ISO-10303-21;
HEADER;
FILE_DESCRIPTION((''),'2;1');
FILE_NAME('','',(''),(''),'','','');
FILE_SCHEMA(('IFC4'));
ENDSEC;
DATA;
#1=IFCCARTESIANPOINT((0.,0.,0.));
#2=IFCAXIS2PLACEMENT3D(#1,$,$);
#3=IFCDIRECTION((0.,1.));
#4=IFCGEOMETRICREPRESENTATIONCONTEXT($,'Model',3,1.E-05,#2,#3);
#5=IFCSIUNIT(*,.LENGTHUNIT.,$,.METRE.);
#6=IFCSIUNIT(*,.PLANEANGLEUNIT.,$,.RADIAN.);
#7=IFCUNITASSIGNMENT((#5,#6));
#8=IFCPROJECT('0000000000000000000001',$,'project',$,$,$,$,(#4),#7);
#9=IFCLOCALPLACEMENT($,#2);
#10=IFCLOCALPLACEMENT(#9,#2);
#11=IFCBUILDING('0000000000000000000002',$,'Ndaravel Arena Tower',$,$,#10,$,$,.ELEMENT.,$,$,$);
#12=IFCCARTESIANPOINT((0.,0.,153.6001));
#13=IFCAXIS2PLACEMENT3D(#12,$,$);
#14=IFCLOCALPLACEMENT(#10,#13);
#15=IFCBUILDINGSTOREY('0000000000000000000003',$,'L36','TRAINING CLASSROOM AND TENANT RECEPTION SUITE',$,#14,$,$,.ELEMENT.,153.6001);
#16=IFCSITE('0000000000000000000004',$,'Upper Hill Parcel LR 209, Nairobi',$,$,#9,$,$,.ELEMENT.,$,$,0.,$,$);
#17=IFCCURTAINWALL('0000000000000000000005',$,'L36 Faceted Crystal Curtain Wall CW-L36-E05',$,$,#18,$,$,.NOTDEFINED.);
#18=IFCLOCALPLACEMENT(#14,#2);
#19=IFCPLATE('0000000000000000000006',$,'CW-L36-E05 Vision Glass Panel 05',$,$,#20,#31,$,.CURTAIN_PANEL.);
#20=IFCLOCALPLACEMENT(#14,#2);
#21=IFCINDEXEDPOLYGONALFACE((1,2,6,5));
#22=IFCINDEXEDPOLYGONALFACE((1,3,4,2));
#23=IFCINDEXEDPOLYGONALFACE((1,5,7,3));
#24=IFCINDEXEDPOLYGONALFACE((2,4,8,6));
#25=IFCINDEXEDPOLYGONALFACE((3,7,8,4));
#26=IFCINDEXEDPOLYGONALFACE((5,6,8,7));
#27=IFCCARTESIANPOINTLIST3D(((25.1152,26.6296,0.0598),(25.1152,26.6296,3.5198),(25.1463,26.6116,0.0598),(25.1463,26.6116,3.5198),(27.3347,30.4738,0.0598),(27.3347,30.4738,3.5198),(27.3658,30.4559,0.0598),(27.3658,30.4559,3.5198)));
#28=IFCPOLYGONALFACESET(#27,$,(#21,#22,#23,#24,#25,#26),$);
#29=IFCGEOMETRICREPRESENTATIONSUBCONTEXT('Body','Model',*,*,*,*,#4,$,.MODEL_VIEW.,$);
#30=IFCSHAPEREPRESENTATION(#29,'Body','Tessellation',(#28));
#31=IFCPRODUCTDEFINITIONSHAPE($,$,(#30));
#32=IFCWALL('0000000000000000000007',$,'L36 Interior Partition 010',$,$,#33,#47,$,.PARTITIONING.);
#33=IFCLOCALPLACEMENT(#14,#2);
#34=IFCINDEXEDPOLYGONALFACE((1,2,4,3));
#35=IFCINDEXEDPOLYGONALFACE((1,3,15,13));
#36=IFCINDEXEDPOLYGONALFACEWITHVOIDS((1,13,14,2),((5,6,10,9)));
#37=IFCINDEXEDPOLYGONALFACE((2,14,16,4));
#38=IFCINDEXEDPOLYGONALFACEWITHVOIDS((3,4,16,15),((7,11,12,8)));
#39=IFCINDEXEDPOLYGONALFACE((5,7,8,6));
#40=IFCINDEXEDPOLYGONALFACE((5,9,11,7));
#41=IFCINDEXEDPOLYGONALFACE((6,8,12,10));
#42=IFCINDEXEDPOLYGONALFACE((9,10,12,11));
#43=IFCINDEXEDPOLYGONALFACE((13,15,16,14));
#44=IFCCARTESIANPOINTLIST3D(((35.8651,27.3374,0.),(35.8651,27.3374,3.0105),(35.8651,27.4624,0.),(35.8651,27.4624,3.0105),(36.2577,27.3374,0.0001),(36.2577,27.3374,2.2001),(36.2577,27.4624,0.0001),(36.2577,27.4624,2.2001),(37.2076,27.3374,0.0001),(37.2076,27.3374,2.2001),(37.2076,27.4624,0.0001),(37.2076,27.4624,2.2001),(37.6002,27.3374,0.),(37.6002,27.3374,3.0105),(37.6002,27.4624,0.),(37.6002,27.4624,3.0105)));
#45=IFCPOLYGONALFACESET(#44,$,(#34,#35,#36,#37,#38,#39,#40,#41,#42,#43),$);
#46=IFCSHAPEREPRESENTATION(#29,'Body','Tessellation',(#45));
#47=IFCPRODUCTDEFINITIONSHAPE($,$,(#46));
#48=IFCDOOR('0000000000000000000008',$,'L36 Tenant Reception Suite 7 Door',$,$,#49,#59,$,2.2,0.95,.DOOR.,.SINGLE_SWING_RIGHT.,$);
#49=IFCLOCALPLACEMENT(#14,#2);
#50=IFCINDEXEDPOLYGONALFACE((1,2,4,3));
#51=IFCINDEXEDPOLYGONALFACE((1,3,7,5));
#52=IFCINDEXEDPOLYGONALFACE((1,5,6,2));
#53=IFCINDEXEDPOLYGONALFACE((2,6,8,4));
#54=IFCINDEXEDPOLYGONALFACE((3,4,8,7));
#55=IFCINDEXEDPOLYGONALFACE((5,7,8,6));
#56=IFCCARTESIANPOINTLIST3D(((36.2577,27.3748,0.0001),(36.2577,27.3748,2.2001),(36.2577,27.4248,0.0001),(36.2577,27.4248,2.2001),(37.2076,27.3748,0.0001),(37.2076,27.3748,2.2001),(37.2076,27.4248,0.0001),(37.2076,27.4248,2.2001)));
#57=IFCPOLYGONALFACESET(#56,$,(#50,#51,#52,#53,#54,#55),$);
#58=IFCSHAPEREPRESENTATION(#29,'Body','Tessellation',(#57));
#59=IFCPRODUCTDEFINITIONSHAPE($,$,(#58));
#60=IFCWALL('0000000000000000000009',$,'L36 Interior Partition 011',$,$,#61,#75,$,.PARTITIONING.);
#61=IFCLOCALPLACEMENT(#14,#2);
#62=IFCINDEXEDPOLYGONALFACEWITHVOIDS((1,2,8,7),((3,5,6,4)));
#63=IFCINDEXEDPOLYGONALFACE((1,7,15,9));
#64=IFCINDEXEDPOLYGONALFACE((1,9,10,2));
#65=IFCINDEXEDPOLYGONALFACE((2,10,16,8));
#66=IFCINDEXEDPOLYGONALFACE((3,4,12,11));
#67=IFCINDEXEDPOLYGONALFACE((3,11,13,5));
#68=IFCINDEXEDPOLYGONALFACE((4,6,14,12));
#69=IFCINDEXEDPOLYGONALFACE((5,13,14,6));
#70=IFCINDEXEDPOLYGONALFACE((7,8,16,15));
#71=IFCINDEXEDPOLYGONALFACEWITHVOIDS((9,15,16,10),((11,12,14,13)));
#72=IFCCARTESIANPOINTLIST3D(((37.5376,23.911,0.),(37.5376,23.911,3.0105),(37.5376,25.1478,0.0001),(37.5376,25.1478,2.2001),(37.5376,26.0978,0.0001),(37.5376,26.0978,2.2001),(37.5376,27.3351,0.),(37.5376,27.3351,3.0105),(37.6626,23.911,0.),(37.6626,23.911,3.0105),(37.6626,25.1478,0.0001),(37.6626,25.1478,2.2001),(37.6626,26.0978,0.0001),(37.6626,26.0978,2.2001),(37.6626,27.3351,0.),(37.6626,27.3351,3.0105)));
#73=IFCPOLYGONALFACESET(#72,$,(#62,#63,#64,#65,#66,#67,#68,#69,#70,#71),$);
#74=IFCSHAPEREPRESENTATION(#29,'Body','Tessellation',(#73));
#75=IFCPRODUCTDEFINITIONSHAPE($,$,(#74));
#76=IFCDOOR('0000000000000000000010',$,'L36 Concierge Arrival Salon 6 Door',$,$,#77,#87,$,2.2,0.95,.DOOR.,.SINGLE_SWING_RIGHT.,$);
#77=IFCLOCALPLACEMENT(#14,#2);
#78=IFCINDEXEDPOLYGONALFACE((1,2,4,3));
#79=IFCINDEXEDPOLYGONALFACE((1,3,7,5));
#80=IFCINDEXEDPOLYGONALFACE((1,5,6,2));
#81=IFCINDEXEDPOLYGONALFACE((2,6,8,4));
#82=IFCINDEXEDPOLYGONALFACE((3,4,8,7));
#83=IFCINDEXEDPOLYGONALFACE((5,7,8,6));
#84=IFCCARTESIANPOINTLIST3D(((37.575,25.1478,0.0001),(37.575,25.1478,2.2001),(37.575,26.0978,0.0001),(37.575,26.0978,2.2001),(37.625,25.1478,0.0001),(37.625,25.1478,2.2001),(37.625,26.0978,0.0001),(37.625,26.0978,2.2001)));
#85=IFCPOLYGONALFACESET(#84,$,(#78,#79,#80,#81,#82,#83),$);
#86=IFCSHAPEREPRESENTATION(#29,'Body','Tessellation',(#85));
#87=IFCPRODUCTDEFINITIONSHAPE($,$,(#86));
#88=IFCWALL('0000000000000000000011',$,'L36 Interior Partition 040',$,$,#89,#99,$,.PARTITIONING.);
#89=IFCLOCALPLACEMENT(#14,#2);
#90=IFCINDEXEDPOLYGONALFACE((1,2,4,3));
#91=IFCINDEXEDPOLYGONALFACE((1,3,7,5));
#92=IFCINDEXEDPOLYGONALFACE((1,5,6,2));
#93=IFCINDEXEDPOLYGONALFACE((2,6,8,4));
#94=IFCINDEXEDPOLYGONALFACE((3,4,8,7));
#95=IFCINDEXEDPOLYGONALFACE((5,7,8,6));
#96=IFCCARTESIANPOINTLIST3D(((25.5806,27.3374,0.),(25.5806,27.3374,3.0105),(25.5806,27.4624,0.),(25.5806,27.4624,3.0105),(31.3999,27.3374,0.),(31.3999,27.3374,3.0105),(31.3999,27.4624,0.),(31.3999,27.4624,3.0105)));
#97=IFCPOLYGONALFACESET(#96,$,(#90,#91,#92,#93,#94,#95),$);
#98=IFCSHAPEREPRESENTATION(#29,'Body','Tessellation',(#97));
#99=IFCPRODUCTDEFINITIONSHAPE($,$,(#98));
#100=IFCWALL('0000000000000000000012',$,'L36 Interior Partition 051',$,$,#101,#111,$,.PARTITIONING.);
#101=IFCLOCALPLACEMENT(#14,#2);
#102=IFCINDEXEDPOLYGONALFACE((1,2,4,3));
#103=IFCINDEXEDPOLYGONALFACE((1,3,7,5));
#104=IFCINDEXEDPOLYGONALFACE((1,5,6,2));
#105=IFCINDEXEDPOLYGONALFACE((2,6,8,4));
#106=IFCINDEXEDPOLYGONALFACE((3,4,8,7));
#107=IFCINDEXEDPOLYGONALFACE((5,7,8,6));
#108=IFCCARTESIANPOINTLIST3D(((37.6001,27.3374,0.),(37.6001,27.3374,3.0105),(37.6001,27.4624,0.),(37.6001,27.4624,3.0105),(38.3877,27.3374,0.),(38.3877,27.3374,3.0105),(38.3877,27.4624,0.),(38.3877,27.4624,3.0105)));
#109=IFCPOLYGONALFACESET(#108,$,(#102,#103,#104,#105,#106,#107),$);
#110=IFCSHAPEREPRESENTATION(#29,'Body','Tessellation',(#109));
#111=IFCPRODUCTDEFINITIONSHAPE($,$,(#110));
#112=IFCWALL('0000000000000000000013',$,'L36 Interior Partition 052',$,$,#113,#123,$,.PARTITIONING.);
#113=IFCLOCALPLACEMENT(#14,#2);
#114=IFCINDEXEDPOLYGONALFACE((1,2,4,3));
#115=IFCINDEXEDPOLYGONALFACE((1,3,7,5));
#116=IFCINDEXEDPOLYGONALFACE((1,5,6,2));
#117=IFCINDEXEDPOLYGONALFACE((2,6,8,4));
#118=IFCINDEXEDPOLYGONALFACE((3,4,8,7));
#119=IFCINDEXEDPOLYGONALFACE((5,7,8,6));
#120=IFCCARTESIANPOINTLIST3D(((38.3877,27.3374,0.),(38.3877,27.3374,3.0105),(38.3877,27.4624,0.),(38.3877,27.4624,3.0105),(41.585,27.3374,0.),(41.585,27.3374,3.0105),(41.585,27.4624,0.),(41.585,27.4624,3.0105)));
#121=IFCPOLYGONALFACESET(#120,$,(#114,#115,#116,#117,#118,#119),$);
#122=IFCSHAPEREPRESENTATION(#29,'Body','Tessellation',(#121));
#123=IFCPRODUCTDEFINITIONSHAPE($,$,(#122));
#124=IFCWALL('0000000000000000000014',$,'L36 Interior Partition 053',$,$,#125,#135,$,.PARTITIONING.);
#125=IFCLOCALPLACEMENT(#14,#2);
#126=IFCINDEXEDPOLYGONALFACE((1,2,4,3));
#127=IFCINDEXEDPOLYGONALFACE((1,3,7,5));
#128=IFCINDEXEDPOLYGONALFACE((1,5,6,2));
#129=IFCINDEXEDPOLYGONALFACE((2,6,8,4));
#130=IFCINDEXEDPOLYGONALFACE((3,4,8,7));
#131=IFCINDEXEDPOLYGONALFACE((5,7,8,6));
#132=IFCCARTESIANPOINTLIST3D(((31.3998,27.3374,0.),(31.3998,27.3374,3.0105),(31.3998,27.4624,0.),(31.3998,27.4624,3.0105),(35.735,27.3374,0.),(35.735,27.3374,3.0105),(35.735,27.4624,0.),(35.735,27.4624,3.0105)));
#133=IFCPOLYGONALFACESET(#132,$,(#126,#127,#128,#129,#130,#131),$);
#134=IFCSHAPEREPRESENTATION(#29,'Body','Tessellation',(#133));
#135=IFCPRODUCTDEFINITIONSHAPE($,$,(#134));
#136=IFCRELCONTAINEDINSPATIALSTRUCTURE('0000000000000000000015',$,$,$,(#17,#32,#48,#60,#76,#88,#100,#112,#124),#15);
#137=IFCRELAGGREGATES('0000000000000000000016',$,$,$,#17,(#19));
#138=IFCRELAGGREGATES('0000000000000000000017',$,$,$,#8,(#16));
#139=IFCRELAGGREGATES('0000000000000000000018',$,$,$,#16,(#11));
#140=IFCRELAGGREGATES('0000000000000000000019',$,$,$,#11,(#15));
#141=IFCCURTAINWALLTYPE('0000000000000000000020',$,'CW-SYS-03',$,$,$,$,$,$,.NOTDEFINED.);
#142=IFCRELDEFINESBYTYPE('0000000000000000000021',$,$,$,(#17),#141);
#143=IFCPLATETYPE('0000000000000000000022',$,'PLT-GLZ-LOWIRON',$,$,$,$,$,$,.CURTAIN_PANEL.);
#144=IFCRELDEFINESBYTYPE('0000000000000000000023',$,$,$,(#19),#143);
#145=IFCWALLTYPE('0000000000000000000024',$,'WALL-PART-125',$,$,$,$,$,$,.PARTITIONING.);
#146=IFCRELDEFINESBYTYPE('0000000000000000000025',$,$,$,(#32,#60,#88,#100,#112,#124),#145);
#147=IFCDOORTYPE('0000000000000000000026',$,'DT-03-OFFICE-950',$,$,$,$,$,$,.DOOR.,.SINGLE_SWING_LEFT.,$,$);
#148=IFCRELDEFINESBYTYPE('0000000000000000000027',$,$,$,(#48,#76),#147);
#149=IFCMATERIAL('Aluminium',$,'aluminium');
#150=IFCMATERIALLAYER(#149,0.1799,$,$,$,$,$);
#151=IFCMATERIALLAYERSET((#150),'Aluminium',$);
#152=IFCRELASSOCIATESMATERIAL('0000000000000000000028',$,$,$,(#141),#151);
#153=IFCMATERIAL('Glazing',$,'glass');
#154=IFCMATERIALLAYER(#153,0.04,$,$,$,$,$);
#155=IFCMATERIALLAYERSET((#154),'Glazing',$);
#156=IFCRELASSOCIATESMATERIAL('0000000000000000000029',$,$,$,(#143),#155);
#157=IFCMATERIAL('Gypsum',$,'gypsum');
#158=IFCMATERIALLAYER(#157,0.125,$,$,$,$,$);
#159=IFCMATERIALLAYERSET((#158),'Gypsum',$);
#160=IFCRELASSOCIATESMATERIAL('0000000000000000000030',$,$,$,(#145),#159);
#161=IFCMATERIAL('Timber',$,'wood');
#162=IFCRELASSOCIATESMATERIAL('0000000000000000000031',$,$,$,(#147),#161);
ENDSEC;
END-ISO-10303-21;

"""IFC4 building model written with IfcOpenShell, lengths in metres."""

from ifc_helpers import new_model, si_unit, direction, frame, frame_2d, origin, origin_2d, place, context, subcontext, project, spatial, rectangle, extrude, material, layer, layer_set, type_object, element, fill, aggregate, save


model = new_model("IFC4")

# Units and contexts
model_context = context("Model", 3, precision=1e-05, world=origin(), true_north=direction((0.0, 1.0)))
body_context = subcontext(model_context, "Body", "Model", "MODEL_VIEW")
ifc_project = project(units=[si_unit("LENGTHUNIT", "METRE"), si_unit("PLANEANGLEUNIT", "RADIAN")], contexts=[model_context])

# Site, building, storey
site_placement = place(None, origin())
site = spatial("IfcSite", under=ifc_project, at=site_placement, Name="Upper Hill Parcel LR 209, Nairobi", CompositionType="ELEMENT", RefElevation=0.0)
building_placement = place(site_placement, origin())
building = spatial("IfcBuilding", under=site, at=building_placement, Name="Ndaravel Arena Tower", CompositionType="ELEMENT")
storey_placement = place(building_placement, frame((0.0, 0.0, 153.6001)))
storey = spatial("IfcBuildingStorey", under=building, at=storey_placement, Name="L36", Description="TRAINING CLASSROOM AND TENANT RECEPTION SUITE", CompositionType="ELEMENT", Elevation=153.6001)

# Curtain wall, plate
ifc_material_1 = material(Name="Aluminium", Category="aluminium")
ifc_layer_1 = layer(ifc_material_1, 0.1799)
ifc_layer_set_1 = layer_set([ifc_layer_1], Name="Aluminium")
curtain_wall_type = type_object("IfcCurtainWallType", Name="CW-SYS-03", PredefinedType="NOTDEFINED", material=ifc_layer_set_1)
curtain_wall_placement = place(storey_placement, origin())
curtain_wall = element("IfcCurtainWall", 1, at=curtain_wall_placement, inside=storey, type_object=curtain_wall_type, Name="L36 Faceted Crystal Curtain Wall CW-L36-E05", PredefinedType="NOTDEFINED")
ifc_material_2 = material(Name="Glazing", Category="glass")
ifc_layer_2 = layer(ifc_material_2, 0.04)
ifc_layer_set_2 = layer_set([ifc_layer_2], Name="Glazing")
plate_type = type_object("IfcPlateType", Name="PLT-GLZ-LOWIRON", PredefinedType="CURTAIN_PANEL", material=ifc_layer_set_2)
plate_1_placement = place(storey_placement, frame((26.2405, 28.5427, 0.0598), z_axis=(0.0, 0.0, 1.0), x_axis=(-0.5, -0.866025, 0.0)))
plate_1 = element("IfcPlate", 2, at=plate_1_placement, type_object=plate_type, Name="CW-L36-E05 Vision Glass Panel 05", PredefinedType="CURTAIN_PANEL", context=body_context, shape_type="SweptSolid", body=[
    extrude(rectangle(XDim=4.439, YDim=0.0359, at=origin_2d()), origin(), (0.0, 0.0, 1.0), 3.46),
])
aggregate(curtain_wall, [plate_1])

# Walls, openings, doors
ifc_material_3 = material(Name="Gypsum", Category="gypsum")
ifc_layer_3 = layer(ifc_material_3, 0.125)
ifc_layer_set_3 = layer_set([ifc_layer_3], Name="Gypsum")
wall_type = type_object("IfcWallType", Name="WALL-PART-125", PredefinedType="PARTITIONING", material=ifc_layer_set_3)
wall_1_placement = place(storey_placement, frame((35.865, 27.3999, 0.0), z_axis=(0.0, 0.0, 1.0), x_axis=(1.0, 0.0, 0.0)))
wall_1 = element("IfcWall", 3, at=wall_1_placement, inside=storey, type_object=wall_type, Name="L36 Interior Partition 010", PredefinedType="PARTITIONING", context=body_context, shape_type="SweptSolid", body=[
    extrude(rectangle(XDim=1.7351, YDim=0.125, at=frame_2d((0.8677, 0.0))), origin(), (0.0, 0.0, 1.0), 3.0105),
])
opening_1_placement = place(wall_1_placement, frame((0.3926, 0.0, 0.0)))
opening_1 = element("IfcOpeningElement", 4, at=opening_1_placement, cuts=wall_1, PredefinedType="OPENING", context=body_context, shape_type="SweptSolid", body=[
    extrude(rectangle(XDim=0.95, YDim=2.2, at=frame_2d((0.4751, 1.1001))), frame((0.0, 0.0625, 0.0), z_axis=(0.0, -1.0, 0.0), x_axis=(1.0, 0.0, 0.0)), (0.0, 0.0, 1.0), 0.125),
])
ifc_material_4 = material(Name="Timber", Category="wood")
door_type = type_object("IfcDoorType", Name="DT-03-OFFICE-950", OperationType="SINGLE_SWING_LEFT", PredefinedType="DOOR", material=ifc_material_4)
door_1_placement = place(opening_1_placement, origin())
door_1 = element("IfcDoor", 5, at=door_1_placement, inside=storey, type_object=door_type, Name="L36 Tenant Reception Suite 7 Door", OperationType="SINGLE_SWING_RIGHT", OverallHeight=2.2, OverallWidth=0.95, PredefinedType="DOOR", context=body_context, shape_type="SweptSolid", body=[
    extrude(rectangle(XDim=0.95, YDim=2.2, at=frame_2d((0.4751, 1.1001))), frame((0.0, 0.0249, 0.0), z_axis=(0.0, -1.0, 0.0), x_axis=(1.0, 0.0, 0.0)), (0.0, 0.0, 1.0), 0.05),
])
fill(opening_1, door_1)
wall_2_placement = place(storey_placement, frame((37.6001, 27.335, 0.0), z_axis=(0.0, 0.0, 1.0), x_axis=(0.0, -1.0, 0.0)))
wall_2 = element("IfcWall", 6, at=wall_2_placement, inside=storey, type_object=wall_type, Name="L36 Interior Partition 011", PredefinedType="PARTITIONING", context=body_context, shape_type="SweptSolid", body=[
    extrude(rectangle(XDim=3.4241, YDim=0.125, at=frame_2d((1.7119, 0.0))), origin(), (0.0, 0.0, 1.0), 3.0105),
])
opening_2_placement = place(wall_2_placement, frame((1.2371, 0.0, 0.0)))
opening_2 = element("IfcOpeningElement", 7, at=opening_2_placement, cuts=wall_2, PredefinedType="OPENING", context=body_context, shape_type="SweptSolid", body=[
    extrude(rectangle(XDim=0.95, YDim=2.2, at=frame_2d((0.4751, 1.1001))), frame((0.0, 0.0625, 0.0), z_axis=(0.0, -1.0, 0.0), x_axis=(1.0, 0.0, 0.0)), (0.0, 0.0, 1.0), 0.125),
])
door_2_placement = place(opening_2_placement, origin())
door_2 = element("IfcDoor", 8, at=door_2_placement, inside=storey, type_object=door_type, Name="L36 Concierge Arrival Salon 6 Door", OperationType="SINGLE_SWING_RIGHT", OverallHeight=2.2, OverallWidth=0.95, PredefinedType="DOOR", context=body_context, shape_type="SweptSolid", body=[
    extrude(rectangle(XDim=0.95, YDim=2.2, at=frame_2d((0.4751, 1.1001))), frame((0.0, 0.0249, 0.0), z_axis=(0.0, -1.0, 0.0), x_axis=(1.0, 0.0, 0.0)), (0.0, 0.0, 1.0), 0.05),
])
fill(opening_2, door_2)

# Walls
wall_3_placement = place(storey_placement, frame((25.5806, 27.3999, 0.0), z_axis=(0.0, 0.0, 1.0), x_axis=(1.0, 0.0, 0.0)))
element("IfcWall", 9, at=wall_3_placement, inside=storey, type_object=wall_type, Name="L36 Interior Partition 040", PredefinedType="PARTITIONING", context=body_context, shape_type="SweptSolid", body=[
    extrude(rectangle(XDim=5.8193, YDim=0.125, at=frame_2d((2.9097, 0.0))), origin(), (0.0, 0.0, 1.0), 3.0105),
])
wall_4_placement = place(storey_placement, frame((37.6001, 27.3999, 0.0), z_axis=(0.0, 0.0, 1.0), x_axis=(1.0, 0.0, 0.0)))
element("IfcWall", 10, at=wall_4_placement, inside=storey, type_object=wall_type, Name="L36 Interior Partition 051", PredefinedType="PARTITIONING", context=body_context, shape_type="SweptSolid", body=[
    extrude(rectangle(XDim=0.7876, YDim=0.125, at=frame_2d((0.3938, 0.0))), origin(), (0.0, 0.0, 1.0), 3.0105),
])
wall_5_placement = place(storey_placement, frame((38.3877, 27.3999, 0.0), z_axis=(0.0, 0.0, 1.0), x_axis=(1.0, 0.0, 0.0)))
element("IfcWall", 11, at=wall_5_placement, inside=storey, type_object=wall_type, Name="L36 Interior Partition 052", PredefinedType="PARTITIONING", context=body_context, shape_type="SweptSolid", body=[
    extrude(rectangle(XDim=3.1973, YDim=0.125, at=frame_2d((1.5986, 0.0))), origin(), (0.0, 0.0, 1.0), 3.0105),
])
wall_6_placement = place(storey_placement, frame((31.3999, 27.3999, 0.0), z_axis=(0.0, 0.0, 1.0), x_axis=(1.0, 0.0, 0.0)))
element("IfcWall", 12, at=wall_6_placement, inside=storey, type_object=wall_type, Name="L36 Interior Partition 053", PredefinedType="PARTITIONING", context=body_context, shape_type="SweptSolid", body=[
    extrude(rectangle(XDim=4.3352, YDim=0.125, at=frame_2d((2.1675, 0.0))), origin(), (0.0, 0.0, 1.0), 3.0105),
])

save(model, "model.ifc")
